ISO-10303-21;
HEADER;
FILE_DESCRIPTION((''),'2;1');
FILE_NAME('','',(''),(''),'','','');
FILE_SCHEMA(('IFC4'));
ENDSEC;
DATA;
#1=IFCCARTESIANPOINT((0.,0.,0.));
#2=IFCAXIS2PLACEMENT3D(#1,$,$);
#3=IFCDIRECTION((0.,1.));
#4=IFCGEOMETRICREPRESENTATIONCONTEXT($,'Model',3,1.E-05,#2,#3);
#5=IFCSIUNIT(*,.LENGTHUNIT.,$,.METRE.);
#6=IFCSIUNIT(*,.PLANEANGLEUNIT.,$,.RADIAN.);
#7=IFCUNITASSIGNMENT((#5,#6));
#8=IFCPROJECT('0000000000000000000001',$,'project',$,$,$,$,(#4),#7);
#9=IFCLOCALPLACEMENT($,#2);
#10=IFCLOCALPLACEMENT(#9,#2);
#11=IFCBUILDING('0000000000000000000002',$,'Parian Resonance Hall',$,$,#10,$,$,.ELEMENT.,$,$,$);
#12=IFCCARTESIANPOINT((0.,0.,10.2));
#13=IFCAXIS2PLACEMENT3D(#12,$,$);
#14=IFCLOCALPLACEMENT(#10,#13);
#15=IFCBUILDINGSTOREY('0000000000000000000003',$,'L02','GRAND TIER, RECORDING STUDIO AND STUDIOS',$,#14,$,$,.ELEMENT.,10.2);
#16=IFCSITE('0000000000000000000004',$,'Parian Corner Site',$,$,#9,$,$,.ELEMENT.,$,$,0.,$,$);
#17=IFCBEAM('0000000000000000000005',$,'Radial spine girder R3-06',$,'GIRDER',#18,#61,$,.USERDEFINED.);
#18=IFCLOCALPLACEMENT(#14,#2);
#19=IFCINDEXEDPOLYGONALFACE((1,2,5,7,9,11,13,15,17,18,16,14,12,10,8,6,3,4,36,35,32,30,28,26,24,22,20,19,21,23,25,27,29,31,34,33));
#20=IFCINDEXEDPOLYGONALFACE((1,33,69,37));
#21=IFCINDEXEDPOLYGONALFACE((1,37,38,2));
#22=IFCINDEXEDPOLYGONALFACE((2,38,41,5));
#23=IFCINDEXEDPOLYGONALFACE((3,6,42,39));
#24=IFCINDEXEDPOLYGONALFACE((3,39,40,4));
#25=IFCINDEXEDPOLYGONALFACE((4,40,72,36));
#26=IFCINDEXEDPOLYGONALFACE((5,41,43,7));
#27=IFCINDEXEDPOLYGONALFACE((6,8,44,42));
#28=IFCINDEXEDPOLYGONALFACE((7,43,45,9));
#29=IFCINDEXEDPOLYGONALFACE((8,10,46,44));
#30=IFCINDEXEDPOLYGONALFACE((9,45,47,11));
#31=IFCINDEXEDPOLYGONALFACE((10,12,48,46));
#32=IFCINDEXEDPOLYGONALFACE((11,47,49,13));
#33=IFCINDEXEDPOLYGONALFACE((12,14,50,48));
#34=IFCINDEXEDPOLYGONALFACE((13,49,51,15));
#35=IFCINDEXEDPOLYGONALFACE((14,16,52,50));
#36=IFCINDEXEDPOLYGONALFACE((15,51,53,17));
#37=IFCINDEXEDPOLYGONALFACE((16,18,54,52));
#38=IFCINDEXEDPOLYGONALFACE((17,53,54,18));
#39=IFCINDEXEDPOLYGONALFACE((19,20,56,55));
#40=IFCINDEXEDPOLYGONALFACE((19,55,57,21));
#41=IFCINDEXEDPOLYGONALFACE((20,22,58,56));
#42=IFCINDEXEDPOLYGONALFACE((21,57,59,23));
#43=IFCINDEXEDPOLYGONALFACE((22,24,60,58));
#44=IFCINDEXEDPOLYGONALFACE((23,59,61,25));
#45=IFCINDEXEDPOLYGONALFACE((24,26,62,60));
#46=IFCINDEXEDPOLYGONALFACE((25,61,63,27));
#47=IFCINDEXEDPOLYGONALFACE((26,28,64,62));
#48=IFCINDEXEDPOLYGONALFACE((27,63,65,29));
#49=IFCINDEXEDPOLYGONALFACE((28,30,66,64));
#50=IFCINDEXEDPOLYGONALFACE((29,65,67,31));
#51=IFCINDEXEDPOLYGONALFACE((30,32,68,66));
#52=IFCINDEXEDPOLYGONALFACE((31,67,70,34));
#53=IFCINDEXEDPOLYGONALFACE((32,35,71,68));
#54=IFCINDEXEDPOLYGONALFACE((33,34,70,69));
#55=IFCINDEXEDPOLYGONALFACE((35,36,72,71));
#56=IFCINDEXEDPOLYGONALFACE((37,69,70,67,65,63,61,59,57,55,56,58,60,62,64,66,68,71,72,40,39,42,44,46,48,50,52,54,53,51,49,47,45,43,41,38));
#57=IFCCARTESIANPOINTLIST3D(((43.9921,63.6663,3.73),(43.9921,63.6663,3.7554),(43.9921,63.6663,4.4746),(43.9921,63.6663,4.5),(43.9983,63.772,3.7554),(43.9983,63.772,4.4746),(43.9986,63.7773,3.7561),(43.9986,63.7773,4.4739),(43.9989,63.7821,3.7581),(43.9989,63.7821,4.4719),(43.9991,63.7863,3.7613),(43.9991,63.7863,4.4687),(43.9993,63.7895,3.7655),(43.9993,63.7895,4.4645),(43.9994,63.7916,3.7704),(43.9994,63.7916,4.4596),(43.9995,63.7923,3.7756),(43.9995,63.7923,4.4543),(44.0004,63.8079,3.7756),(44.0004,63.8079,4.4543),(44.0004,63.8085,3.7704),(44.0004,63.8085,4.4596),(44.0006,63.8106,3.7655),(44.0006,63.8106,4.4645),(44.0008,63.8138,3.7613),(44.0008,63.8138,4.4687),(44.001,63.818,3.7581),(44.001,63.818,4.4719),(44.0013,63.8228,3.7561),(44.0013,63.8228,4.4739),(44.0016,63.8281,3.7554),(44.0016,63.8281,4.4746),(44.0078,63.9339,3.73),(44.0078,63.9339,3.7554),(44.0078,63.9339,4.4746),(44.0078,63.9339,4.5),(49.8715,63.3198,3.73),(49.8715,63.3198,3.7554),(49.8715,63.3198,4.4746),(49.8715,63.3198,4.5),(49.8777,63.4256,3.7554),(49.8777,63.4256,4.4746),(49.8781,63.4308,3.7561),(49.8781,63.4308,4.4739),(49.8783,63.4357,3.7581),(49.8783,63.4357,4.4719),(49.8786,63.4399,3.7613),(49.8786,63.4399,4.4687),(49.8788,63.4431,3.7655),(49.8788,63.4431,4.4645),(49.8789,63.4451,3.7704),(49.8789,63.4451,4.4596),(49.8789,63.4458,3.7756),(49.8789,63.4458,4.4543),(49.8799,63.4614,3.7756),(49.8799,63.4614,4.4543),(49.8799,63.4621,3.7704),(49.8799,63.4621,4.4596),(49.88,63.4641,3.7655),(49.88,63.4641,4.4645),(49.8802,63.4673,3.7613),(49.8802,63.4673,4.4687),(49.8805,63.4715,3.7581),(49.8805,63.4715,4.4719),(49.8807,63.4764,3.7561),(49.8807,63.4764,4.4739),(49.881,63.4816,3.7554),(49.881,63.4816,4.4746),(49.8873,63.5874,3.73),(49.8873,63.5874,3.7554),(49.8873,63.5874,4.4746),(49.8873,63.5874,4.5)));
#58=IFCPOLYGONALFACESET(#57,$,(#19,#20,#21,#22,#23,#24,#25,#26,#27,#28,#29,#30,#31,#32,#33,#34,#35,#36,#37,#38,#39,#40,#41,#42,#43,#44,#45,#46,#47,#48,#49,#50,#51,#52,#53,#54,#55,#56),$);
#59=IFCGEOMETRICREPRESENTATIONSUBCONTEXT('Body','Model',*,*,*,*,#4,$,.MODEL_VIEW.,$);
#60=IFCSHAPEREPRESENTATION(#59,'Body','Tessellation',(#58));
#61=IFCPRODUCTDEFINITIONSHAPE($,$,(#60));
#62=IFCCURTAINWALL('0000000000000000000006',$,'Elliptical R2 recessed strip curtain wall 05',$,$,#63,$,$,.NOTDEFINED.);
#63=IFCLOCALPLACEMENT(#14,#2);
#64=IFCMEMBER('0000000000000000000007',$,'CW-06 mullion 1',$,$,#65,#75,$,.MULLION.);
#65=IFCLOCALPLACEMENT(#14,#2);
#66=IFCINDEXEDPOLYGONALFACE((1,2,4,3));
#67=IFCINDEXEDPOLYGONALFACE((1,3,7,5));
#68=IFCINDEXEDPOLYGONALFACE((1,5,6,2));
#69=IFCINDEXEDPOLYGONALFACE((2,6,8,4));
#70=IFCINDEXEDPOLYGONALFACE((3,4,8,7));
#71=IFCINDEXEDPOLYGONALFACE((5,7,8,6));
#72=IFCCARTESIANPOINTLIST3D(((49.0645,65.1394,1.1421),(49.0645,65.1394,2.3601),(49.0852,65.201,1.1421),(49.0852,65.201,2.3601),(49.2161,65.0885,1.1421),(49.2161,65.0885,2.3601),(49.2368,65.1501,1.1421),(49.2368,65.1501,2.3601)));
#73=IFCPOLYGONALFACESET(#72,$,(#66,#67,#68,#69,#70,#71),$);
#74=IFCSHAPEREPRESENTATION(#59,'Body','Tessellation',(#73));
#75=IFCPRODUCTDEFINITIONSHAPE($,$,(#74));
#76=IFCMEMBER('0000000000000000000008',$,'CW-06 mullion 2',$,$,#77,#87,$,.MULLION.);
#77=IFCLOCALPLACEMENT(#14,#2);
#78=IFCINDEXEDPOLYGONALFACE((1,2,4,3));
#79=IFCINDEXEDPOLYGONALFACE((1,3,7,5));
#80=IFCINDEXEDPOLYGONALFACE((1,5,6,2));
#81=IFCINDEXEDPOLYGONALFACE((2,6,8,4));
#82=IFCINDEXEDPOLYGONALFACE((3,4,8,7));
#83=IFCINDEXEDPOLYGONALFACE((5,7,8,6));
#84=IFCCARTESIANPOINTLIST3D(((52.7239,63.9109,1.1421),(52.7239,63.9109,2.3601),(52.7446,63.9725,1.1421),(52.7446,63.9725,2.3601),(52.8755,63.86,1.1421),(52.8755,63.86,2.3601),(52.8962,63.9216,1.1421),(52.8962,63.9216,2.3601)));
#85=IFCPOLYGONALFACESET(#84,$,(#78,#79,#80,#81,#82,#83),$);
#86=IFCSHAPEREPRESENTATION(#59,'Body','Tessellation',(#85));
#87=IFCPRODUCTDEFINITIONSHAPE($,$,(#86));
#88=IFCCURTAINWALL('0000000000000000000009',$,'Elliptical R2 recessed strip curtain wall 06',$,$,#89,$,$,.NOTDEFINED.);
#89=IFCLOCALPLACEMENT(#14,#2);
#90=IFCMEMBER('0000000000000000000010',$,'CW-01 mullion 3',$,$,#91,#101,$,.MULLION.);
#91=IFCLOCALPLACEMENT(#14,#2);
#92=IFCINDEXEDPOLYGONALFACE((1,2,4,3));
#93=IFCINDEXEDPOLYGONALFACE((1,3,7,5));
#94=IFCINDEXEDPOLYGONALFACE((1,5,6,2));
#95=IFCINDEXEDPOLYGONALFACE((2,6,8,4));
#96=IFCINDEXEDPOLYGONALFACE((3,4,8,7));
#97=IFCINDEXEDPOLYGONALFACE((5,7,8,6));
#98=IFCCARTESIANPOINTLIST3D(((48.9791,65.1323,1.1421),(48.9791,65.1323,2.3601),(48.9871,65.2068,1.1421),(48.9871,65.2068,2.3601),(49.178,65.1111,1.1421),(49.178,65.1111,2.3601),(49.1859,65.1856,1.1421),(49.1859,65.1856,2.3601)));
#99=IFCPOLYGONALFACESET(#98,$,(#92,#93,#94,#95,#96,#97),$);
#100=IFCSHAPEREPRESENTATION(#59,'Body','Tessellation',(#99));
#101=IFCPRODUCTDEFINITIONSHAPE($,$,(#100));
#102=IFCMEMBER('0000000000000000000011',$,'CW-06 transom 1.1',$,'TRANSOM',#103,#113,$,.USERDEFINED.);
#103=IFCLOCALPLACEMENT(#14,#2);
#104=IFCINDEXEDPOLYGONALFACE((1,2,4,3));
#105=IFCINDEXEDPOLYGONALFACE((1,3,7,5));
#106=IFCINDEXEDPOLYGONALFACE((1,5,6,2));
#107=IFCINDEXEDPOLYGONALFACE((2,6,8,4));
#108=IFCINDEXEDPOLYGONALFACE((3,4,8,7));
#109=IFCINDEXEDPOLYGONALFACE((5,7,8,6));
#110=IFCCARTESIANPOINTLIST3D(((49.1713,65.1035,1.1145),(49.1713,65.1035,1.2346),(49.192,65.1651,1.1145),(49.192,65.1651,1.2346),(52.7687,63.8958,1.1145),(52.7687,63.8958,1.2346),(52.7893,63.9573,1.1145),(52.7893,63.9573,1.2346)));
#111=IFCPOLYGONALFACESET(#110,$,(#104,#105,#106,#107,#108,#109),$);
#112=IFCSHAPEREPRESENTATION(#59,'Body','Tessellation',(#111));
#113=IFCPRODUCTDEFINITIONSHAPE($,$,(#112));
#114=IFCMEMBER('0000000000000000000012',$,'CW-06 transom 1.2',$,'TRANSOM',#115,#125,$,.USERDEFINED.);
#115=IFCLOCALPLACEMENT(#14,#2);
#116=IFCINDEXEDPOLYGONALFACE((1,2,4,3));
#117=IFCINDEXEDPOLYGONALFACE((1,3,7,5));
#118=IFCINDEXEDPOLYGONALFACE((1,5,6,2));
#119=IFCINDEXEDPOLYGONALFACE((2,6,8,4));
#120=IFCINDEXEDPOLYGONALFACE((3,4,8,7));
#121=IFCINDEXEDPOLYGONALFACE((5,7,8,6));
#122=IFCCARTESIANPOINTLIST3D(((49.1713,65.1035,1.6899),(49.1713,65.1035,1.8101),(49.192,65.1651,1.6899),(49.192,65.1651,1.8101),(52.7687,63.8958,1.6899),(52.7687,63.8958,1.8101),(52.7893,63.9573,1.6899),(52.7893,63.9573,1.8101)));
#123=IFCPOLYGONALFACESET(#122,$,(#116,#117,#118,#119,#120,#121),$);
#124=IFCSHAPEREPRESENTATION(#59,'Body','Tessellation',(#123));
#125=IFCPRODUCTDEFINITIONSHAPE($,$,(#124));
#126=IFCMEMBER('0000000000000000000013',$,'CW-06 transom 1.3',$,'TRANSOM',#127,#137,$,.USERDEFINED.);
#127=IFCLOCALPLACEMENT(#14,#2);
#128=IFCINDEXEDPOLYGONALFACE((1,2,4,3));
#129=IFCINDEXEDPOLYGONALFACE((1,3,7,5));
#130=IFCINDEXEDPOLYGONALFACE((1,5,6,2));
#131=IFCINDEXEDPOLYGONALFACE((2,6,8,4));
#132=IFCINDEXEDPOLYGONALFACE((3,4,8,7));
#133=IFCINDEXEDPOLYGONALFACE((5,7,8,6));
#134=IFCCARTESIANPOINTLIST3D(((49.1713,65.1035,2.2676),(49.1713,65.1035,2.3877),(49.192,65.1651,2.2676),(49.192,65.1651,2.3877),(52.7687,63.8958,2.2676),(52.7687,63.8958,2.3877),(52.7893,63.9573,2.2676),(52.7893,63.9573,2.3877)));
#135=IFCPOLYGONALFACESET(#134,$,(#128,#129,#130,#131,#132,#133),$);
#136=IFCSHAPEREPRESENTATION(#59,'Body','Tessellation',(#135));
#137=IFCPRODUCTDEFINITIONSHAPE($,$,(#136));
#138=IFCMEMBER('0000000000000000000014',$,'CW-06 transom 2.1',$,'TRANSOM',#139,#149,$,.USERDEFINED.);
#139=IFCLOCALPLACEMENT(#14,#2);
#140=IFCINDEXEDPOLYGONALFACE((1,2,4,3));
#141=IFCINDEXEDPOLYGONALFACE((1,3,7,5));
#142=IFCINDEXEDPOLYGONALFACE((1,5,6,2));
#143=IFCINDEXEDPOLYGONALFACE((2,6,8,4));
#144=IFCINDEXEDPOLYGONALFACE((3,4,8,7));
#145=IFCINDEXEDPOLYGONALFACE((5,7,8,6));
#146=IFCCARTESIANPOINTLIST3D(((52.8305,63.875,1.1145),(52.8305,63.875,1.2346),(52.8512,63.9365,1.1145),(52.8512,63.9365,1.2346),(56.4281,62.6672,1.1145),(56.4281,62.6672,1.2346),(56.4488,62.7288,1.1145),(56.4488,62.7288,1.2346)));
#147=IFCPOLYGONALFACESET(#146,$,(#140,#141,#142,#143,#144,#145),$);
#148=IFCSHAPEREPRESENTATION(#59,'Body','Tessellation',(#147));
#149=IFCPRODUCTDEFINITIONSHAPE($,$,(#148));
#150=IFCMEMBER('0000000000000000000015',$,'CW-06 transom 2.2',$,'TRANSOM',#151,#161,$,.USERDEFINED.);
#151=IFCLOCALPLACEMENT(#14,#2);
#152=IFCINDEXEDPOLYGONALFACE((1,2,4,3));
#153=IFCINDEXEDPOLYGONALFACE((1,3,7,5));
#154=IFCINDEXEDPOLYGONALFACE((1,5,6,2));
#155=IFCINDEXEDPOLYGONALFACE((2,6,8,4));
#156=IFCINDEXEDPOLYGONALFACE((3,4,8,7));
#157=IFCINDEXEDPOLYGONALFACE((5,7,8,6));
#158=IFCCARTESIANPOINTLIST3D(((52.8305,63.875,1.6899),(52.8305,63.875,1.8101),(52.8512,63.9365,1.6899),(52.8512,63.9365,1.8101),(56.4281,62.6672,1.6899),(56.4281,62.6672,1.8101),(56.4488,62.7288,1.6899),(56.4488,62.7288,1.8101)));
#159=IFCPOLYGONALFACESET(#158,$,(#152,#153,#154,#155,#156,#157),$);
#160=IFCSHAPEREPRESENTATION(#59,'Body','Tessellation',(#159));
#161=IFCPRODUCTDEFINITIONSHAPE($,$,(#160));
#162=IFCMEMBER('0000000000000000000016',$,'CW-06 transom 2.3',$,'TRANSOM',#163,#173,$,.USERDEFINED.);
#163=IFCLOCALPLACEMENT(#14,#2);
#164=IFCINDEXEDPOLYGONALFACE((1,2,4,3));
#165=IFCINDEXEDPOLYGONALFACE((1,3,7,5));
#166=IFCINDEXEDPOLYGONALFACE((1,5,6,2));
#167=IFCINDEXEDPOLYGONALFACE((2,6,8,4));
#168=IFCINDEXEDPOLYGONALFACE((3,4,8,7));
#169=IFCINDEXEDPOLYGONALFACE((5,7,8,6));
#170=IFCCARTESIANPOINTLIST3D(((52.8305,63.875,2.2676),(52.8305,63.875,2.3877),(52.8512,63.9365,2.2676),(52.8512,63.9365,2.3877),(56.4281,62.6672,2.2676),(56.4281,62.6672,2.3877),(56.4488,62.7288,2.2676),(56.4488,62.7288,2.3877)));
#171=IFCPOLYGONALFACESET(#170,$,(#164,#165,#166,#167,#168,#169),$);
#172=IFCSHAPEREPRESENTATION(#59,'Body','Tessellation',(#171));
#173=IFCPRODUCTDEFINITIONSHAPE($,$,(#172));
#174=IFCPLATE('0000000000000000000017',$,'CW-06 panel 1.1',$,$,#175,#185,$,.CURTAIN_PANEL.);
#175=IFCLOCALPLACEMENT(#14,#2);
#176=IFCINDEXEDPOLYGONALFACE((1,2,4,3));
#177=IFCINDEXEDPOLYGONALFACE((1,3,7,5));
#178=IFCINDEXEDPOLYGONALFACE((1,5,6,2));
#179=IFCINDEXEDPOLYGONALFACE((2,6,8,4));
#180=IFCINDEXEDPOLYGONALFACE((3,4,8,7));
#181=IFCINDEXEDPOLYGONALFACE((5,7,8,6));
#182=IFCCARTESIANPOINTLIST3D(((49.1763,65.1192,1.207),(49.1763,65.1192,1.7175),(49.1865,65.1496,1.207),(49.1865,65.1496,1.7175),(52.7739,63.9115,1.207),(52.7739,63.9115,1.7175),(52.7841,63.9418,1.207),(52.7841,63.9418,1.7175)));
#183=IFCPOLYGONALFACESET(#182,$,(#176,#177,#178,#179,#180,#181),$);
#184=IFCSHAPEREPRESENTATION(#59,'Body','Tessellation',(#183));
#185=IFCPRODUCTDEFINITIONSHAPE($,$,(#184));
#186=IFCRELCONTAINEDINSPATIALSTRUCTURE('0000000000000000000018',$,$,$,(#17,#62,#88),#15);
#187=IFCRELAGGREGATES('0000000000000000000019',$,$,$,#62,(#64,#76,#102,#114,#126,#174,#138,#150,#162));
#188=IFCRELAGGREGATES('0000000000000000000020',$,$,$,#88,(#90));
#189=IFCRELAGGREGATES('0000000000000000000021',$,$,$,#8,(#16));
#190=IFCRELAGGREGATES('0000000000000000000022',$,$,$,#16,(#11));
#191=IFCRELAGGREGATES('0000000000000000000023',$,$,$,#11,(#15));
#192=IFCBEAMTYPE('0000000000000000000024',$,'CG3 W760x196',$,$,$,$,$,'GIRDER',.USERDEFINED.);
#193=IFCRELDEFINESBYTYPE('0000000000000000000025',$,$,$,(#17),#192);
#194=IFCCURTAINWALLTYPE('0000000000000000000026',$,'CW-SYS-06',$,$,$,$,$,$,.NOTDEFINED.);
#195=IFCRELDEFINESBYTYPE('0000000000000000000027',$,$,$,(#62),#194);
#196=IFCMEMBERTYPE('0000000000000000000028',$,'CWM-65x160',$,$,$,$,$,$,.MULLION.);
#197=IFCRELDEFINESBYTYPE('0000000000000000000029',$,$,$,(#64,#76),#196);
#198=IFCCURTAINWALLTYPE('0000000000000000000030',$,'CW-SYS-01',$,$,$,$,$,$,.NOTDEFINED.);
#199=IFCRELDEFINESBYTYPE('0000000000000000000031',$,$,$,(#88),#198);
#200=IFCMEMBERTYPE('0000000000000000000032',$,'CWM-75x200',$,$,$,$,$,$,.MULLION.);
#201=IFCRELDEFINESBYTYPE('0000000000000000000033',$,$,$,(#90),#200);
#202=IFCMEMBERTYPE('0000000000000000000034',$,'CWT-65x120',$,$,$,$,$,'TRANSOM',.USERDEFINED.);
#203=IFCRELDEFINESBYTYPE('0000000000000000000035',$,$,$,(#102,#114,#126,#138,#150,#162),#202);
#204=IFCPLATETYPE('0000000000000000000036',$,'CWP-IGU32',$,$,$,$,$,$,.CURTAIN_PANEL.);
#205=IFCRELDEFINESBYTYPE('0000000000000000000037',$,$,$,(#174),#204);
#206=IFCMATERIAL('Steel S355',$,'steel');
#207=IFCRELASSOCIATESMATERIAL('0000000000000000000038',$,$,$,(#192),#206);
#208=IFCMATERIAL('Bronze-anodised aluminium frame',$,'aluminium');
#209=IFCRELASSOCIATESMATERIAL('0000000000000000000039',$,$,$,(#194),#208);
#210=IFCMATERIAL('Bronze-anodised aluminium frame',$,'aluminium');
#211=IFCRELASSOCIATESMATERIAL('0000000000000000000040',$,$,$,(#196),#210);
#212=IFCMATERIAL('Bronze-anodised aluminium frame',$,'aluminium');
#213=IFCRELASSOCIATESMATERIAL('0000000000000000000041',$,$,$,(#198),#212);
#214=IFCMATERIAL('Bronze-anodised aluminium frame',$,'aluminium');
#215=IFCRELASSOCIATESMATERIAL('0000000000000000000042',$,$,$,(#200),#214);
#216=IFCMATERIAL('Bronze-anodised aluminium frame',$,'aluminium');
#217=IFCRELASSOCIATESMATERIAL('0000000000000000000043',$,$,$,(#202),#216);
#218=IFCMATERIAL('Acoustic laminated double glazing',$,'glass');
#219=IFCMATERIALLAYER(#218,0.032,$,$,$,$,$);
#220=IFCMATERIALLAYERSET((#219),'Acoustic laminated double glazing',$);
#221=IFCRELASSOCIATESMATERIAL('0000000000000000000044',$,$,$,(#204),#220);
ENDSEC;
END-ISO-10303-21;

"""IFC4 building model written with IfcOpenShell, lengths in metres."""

from ifc_helpers import new_model, si_unit, direction, frame, origin, origin_2d, place, context, subcontext, project, spatial, rectangle, i_section, extrude, material, layer, layer_set, material_profile, profile_set, type_object, element, aggregate, save


model = new_model("IFC4")

# Units and contexts
model_context = context("Model", 3, precision=1e-05, world=origin(), true_north=direction((0.0, 1.0)))
body_context = subcontext(model_context, "Body", "Model", "MODEL_VIEW")
ifc_project = project(units=[si_unit("LENGTHUNIT", "METRE"), si_unit("PLANEANGLEUNIT", "RADIAN")], contexts=[model_context])

# Site, building, storey
site_placement = place(None, origin())
site = spatial("IfcSite", under=ifc_project, at=site_placement, Name="Parian Corner Site", CompositionType="ELEMENT", RefElevation=0.0)
building_placement = place(site_placement, origin())
building = spatial("IfcBuilding", under=site, at=building_placement, Name="Parian Resonance Hall", CompositionType="ELEMENT")
storey_placement = place(building_placement, frame((0.0, 0.0, 10.2)))
storey = spatial("IfcBuildingStorey", under=building, at=storey_placement, Name="L02", Description="GRAND TIER, RECORDING STUDIO AND STUDIOS", CompositionType="ELEMENT", Elevation=10.2)

# Beam
ifc_material_1 = material(Name="Steel S355", Category="steel")
ifc_material_profile_1 = material_profile(ifc_material_1, i_section(OverallWidth=0.2681, OverallDepth=0.77, WebThickness=0.0156, FlangeThickness=0.0254, FilletRadius=0.0203, at=origin_2d()), Name="W760x196")
ifc_profile_set_1 = profile_set([ifc_material_profile_1], Name="Steel S355")
beam_type_1 = type_object("IfcBeamType", Name="CG3 W760x196", ElementType="GIRDER", PredefinedType="USERDEFINED", material=ifc_profile_set_1)
beam_1_placement = place(storey_placement, frame((49.8794, 63.4536, 4.115), z_axis=(-0.998269, 0.058822, 0.0), x_axis=(-0.058822, -0.998269, 0.0)))
element("IfcBeam", 1, at=beam_1_placement, inside=storey, type_object=beam_type_1, Name="Radial spine girder R3-06", ObjectType="GIRDER", PredefinedType="USERDEFINED", context=body_context, shape_type="SweptSolid", body=[
    extrude(i_section(OverallWidth=0.2681, OverallDepth=0.77, WebThickness=0.0156, FlangeThickness=0.0254, FilletRadius=0.0203, at=origin_2d()), origin(), (0.0, 0.0, 1.0), 5.8896),
])

# Curtain wall, members
ifc_material_2 = material(Name="Bronze-anodised aluminium frame", Category="aluminium")
curtain_wall_type_1 = type_object("IfcCurtainWallType", Name="CW-SYS-06", PredefinedType="NOTDEFINED", material=ifc_material_2)
curtain_wall_1_placement = place(storey_placement, origin())
curtain_wall_1 = element("IfcCurtainWall", 2, at=curtain_wall_1_placement, inside=storey, type_object=curtain_wall_type_1, Name="Elliptical R2 recessed strip curtain wall 05", PredefinedType="NOTDEFINED")
ifc_material_3 = material(Name="Bronze-anodised aluminium frame", Category="aluminium")
ifc_material_profile_2 = material_profile(ifc_material_3, rectangle(XDim=0.0649, YDim=0.1599, at=origin_2d()), Name="CWM-65x160")
ifc_profile_set_2 = profile_set([ifc_material_profile_2], Name="Bronze-anodised aluminium frame")
member_type_1 = type_object("IfcMemberType", Name="CWM-65x160", PredefinedType="MULLION", material=ifc_profile_set_2)
member_1_placement = place(storey_placement, frame((49.1506, 65.1448, 1.1421), z_axis=(0.0, 0.0, 1.0), x_axis=(0.318258, 0.948004, 0.0)))
member_1 = element("IfcMember", 3, at=member_1_placement, type_object=member_type_1, Name="CW-06 mullion 1", PredefinedType="MULLION", context=body_context, shape_type="SweptSolid", body=[
    extrude(rectangle(XDim=0.0649, YDim=0.1599, at=origin_2d()), origin(), (0.0, 0.0, 1.0), 1.218),
])
member_2_placement = place(storey_placement, frame((52.8101, 63.9163, 1.1421), z_axis=(0.0, 0.0, 1.0), x_axis=(0.318258, 0.948004, 0.0)))
member_2 = element("IfcMember", 4, at=member_2_placement, type_object=member_type_1, Name="CW-06 mullion 2", PredefinedType="MULLION", context=body_context, shape_type="SweptSolid", body=[
    extrude(rectangle(XDim=0.0649, YDim=0.1599, at=origin_2d()), origin(), (0.0, 0.0, 1.0), 1.218),
])

# Curtain wall, member
ifc_material_4 = material(Name="Bronze-anodised aluminium frame", Category="aluminium")
curtain_wall_type_2 = type_object("IfcCurtainWallType", Name="CW-SYS-01", PredefinedType="NOTDEFINED", material=ifc_material_4)
curtain_wall_2_placement = place(storey_placement, origin())
curtain_wall_2 = element("IfcCurtainWall", 5, at=curtain_wall_2_placement, inside=storey, type_object=curtain_wall_type_2, Name="Elliptical R2 recessed strip curtain wall 06", PredefinedType="NOTDEFINED")
ifc_material_5 = material(Name="Bronze-anodised aluminium frame", Category="aluminium")
ifc_material_profile_3 = material_profile(ifc_material_5, rectangle(XDim=0.075, YDim=0.2, at=origin_2d()), Name="CWM-75x200")
ifc_profile_set_3 = profile_set([ifc_material_profile_3], Name="Bronze-anodised aluminium frame")
member_type_2 = type_object("IfcMemberType", Name="CWM-75x200", PredefinedType="MULLION", material=ifc_profile_set_3)
member_3_placement = place(storey_placement, frame((49.0825, 65.1589, 1.1421), z_axis=(0.0, 0.0, 1.0), x_axis=(0.106091, 0.994356, 0.0)))
member_3 = element("IfcMember", 6, at=member_3_placement, type_object=member_type_2, Name="CW-01 mullion 3", PredefinedType="MULLION", context=body_context, shape_type="SweptSolid", body=[
    extrude(rectangle(XDim=0.075, YDim=0.2, at=origin_2d()), origin(), (0.0, 0.0, 1.0), 1.218),
])

# Members
ifc_material_6 = material(Name="Bronze-anodised aluminium frame", Category="aluminium")
ifc_material_profile_4 = material_profile(ifc_material_6, rectangle(XDim=0.0649, YDim=0.1201, at=origin_2d()), Name="CWT-65x120")
ifc_profile_set_4 = profile_set([ifc_material_profile_4], Name="Bronze-anodised aluminium frame")
member_type_3 = type_object("IfcMemberType", Name="CWT-65x120", ElementType="TRANSOM", PredefinedType="USERDEFINED", material=ifc_profile_set_4)
member_4_placement = place(storey_placement, frame((49.1816, 65.1343, 1.1746), z_axis=(0.947999, -0.318273, 0.0), x_axis=(0.318273, 0.947999, 0.0)))
member_4 = element("IfcMember", 7, at=member_4_placement, type_object=member_type_3, Name="CW-06 transom 1.1", ObjectType="TRANSOM", PredefinedType="USERDEFINED", context=body_context, shape_type="SweptSolid", body=[
    extrude(rectangle(XDim=0.0649, YDim=0.1201, at=origin_2d()), origin(), (0.0, 0.0, 1.0), 3.7947),
])
member_5_placement = place(storey_placement, frame((49.1816, 65.1343, 1.75), z_axis=(0.947999, -0.318273, 0.0), x_axis=(0.318273, 0.947999, 0.0)))
member_5 = element("IfcMember", 8, at=member_5_placement, type_object=member_type_3, Name="CW-06 transom 1.2", ObjectType="TRANSOM", PredefinedType="USERDEFINED", context=body_context, shape_type="SweptSolid", body=[
    extrude(rectangle(XDim=0.0649, YDim=0.1201, at=origin_2d()), origin(), (0.0, 0.0, 1.0), 3.7947),
])
member_6_placement = place(storey_placement, frame((49.1816, 65.1343, 2.3276), z_axis=(0.947999, -0.318273, 0.0), x_axis=(0.318273, 0.947999, 0.0)))
member_6 = element("IfcMember", 9, at=member_6_placement, type_object=member_type_3, Name="CW-06 transom 1.3", ObjectType="TRANSOM", PredefinedType="USERDEFINED", context=body_context, shape_type="SweptSolid", body=[
    extrude(rectangle(XDim=0.0649, YDim=0.1201, at=origin_2d()), origin(), (0.0, 0.0, 1.0), 3.7947),
])
member_7_placement = place(storey_placement, frame((52.8408, 63.9058, 1.1746), z_axis=(0.948006, -0.318254, 0.0), x_axis=(0.318254, 0.948006, 0.0)))
member_7 = element("IfcMember", 10, at=member_7_placement, type_object=member_type_3, Name="CW-06 transom 2.1", ObjectType="TRANSOM", PredefinedType="USERDEFINED", context=body_context, shape_type="SweptSolid", body=[
    extrude(rectangle(XDim=0.0649, YDim=0.1201, at=origin_2d()), origin(), (0.0, 0.0, 1.0), 3.7949),
])
member_8_placement = place(storey_placement, frame((52.8408, 63.9058, 1.75), z_axis=(0.948006, -0.318254, 0.0), x_axis=(0.318254, 0.948006, 0.0)))
member_8 = element("IfcMember", 11, at=member_8_placement, type_object=member_type_3, Name="CW-06 transom 2.2", ObjectType="TRANSOM", PredefinedType="USERDEFINED", context=body_context, shape_type="SweptSolid", body=[
    extrude(rectangle(XDim=0.0649, YDim=0.1201, at=origin_2d()), origin(), (0.0, 0.0, 1.0), 3.7949),
])
member_9_placement = place(storey_placement, frame((52.8408, 63.9058, 2.3276), z_axis=(0.948006, -0.318254, 0.0), x_axis=(0.318254, 0.948006, 0.0)))
member_9 = element("IfcMember", 12, at=member_9_placement, type_object=member_type_3, Name="CW-06 transom 2.3", ObjectType="TRANSOM", PredefinedType="USERDEFINED", context=body_context, shape_type="SweptSolid", body=[
    extrude(rectangle(XDim=0.0649, YDim=0.1201, at=origin_2d()), origin(), (0.0, 0.0, 1.0), 3.7949),
])

# Plate
ifc_material_7 = material(Name="Acoustic laminated double glazing", Category="glass")
ifc_layer_1 = layer(ifc_material_7, 0.032)
ifc_layer_set_1 = layer_set([ifc_layer_1], Name="Acoustic laminated double glazing")
plate_type_1 = type_object("IfcPlateType", Name="CWP-IGU32", PredefinedType="CURTAIN_PANEL", material=ifc_layer_set_1)
plate_1_placement = place(storey_placement, frame((50.9802, 64.5305, 1.207), z_axis=(0.0, 0.0, 1.0), x_axis=(0.948004, -0.318258, 0.0)))
plate_1 = element("IfcPlate", 13, at=plate_1_placement, type_object=plate_type_1, Name="CW-06 panel 1.1", PredefinedType="CURTAIN_PANEL", context=body_context, shape_type="SweptSolid", body=[
    extrude(rectangle(XDim=3.7949, YDim=0.032, at=origin_2d()), origin(), (0.0, 0.0, 1.0), 0.5105),
])
aggregate(curtain_wall_1, [member_1, member_2, member_4, member_5, member_6, plate_1, member_7, member_8, member_9])
aggregate(curtain_wall_2, [member_3])

save(model, "model.ifc")
